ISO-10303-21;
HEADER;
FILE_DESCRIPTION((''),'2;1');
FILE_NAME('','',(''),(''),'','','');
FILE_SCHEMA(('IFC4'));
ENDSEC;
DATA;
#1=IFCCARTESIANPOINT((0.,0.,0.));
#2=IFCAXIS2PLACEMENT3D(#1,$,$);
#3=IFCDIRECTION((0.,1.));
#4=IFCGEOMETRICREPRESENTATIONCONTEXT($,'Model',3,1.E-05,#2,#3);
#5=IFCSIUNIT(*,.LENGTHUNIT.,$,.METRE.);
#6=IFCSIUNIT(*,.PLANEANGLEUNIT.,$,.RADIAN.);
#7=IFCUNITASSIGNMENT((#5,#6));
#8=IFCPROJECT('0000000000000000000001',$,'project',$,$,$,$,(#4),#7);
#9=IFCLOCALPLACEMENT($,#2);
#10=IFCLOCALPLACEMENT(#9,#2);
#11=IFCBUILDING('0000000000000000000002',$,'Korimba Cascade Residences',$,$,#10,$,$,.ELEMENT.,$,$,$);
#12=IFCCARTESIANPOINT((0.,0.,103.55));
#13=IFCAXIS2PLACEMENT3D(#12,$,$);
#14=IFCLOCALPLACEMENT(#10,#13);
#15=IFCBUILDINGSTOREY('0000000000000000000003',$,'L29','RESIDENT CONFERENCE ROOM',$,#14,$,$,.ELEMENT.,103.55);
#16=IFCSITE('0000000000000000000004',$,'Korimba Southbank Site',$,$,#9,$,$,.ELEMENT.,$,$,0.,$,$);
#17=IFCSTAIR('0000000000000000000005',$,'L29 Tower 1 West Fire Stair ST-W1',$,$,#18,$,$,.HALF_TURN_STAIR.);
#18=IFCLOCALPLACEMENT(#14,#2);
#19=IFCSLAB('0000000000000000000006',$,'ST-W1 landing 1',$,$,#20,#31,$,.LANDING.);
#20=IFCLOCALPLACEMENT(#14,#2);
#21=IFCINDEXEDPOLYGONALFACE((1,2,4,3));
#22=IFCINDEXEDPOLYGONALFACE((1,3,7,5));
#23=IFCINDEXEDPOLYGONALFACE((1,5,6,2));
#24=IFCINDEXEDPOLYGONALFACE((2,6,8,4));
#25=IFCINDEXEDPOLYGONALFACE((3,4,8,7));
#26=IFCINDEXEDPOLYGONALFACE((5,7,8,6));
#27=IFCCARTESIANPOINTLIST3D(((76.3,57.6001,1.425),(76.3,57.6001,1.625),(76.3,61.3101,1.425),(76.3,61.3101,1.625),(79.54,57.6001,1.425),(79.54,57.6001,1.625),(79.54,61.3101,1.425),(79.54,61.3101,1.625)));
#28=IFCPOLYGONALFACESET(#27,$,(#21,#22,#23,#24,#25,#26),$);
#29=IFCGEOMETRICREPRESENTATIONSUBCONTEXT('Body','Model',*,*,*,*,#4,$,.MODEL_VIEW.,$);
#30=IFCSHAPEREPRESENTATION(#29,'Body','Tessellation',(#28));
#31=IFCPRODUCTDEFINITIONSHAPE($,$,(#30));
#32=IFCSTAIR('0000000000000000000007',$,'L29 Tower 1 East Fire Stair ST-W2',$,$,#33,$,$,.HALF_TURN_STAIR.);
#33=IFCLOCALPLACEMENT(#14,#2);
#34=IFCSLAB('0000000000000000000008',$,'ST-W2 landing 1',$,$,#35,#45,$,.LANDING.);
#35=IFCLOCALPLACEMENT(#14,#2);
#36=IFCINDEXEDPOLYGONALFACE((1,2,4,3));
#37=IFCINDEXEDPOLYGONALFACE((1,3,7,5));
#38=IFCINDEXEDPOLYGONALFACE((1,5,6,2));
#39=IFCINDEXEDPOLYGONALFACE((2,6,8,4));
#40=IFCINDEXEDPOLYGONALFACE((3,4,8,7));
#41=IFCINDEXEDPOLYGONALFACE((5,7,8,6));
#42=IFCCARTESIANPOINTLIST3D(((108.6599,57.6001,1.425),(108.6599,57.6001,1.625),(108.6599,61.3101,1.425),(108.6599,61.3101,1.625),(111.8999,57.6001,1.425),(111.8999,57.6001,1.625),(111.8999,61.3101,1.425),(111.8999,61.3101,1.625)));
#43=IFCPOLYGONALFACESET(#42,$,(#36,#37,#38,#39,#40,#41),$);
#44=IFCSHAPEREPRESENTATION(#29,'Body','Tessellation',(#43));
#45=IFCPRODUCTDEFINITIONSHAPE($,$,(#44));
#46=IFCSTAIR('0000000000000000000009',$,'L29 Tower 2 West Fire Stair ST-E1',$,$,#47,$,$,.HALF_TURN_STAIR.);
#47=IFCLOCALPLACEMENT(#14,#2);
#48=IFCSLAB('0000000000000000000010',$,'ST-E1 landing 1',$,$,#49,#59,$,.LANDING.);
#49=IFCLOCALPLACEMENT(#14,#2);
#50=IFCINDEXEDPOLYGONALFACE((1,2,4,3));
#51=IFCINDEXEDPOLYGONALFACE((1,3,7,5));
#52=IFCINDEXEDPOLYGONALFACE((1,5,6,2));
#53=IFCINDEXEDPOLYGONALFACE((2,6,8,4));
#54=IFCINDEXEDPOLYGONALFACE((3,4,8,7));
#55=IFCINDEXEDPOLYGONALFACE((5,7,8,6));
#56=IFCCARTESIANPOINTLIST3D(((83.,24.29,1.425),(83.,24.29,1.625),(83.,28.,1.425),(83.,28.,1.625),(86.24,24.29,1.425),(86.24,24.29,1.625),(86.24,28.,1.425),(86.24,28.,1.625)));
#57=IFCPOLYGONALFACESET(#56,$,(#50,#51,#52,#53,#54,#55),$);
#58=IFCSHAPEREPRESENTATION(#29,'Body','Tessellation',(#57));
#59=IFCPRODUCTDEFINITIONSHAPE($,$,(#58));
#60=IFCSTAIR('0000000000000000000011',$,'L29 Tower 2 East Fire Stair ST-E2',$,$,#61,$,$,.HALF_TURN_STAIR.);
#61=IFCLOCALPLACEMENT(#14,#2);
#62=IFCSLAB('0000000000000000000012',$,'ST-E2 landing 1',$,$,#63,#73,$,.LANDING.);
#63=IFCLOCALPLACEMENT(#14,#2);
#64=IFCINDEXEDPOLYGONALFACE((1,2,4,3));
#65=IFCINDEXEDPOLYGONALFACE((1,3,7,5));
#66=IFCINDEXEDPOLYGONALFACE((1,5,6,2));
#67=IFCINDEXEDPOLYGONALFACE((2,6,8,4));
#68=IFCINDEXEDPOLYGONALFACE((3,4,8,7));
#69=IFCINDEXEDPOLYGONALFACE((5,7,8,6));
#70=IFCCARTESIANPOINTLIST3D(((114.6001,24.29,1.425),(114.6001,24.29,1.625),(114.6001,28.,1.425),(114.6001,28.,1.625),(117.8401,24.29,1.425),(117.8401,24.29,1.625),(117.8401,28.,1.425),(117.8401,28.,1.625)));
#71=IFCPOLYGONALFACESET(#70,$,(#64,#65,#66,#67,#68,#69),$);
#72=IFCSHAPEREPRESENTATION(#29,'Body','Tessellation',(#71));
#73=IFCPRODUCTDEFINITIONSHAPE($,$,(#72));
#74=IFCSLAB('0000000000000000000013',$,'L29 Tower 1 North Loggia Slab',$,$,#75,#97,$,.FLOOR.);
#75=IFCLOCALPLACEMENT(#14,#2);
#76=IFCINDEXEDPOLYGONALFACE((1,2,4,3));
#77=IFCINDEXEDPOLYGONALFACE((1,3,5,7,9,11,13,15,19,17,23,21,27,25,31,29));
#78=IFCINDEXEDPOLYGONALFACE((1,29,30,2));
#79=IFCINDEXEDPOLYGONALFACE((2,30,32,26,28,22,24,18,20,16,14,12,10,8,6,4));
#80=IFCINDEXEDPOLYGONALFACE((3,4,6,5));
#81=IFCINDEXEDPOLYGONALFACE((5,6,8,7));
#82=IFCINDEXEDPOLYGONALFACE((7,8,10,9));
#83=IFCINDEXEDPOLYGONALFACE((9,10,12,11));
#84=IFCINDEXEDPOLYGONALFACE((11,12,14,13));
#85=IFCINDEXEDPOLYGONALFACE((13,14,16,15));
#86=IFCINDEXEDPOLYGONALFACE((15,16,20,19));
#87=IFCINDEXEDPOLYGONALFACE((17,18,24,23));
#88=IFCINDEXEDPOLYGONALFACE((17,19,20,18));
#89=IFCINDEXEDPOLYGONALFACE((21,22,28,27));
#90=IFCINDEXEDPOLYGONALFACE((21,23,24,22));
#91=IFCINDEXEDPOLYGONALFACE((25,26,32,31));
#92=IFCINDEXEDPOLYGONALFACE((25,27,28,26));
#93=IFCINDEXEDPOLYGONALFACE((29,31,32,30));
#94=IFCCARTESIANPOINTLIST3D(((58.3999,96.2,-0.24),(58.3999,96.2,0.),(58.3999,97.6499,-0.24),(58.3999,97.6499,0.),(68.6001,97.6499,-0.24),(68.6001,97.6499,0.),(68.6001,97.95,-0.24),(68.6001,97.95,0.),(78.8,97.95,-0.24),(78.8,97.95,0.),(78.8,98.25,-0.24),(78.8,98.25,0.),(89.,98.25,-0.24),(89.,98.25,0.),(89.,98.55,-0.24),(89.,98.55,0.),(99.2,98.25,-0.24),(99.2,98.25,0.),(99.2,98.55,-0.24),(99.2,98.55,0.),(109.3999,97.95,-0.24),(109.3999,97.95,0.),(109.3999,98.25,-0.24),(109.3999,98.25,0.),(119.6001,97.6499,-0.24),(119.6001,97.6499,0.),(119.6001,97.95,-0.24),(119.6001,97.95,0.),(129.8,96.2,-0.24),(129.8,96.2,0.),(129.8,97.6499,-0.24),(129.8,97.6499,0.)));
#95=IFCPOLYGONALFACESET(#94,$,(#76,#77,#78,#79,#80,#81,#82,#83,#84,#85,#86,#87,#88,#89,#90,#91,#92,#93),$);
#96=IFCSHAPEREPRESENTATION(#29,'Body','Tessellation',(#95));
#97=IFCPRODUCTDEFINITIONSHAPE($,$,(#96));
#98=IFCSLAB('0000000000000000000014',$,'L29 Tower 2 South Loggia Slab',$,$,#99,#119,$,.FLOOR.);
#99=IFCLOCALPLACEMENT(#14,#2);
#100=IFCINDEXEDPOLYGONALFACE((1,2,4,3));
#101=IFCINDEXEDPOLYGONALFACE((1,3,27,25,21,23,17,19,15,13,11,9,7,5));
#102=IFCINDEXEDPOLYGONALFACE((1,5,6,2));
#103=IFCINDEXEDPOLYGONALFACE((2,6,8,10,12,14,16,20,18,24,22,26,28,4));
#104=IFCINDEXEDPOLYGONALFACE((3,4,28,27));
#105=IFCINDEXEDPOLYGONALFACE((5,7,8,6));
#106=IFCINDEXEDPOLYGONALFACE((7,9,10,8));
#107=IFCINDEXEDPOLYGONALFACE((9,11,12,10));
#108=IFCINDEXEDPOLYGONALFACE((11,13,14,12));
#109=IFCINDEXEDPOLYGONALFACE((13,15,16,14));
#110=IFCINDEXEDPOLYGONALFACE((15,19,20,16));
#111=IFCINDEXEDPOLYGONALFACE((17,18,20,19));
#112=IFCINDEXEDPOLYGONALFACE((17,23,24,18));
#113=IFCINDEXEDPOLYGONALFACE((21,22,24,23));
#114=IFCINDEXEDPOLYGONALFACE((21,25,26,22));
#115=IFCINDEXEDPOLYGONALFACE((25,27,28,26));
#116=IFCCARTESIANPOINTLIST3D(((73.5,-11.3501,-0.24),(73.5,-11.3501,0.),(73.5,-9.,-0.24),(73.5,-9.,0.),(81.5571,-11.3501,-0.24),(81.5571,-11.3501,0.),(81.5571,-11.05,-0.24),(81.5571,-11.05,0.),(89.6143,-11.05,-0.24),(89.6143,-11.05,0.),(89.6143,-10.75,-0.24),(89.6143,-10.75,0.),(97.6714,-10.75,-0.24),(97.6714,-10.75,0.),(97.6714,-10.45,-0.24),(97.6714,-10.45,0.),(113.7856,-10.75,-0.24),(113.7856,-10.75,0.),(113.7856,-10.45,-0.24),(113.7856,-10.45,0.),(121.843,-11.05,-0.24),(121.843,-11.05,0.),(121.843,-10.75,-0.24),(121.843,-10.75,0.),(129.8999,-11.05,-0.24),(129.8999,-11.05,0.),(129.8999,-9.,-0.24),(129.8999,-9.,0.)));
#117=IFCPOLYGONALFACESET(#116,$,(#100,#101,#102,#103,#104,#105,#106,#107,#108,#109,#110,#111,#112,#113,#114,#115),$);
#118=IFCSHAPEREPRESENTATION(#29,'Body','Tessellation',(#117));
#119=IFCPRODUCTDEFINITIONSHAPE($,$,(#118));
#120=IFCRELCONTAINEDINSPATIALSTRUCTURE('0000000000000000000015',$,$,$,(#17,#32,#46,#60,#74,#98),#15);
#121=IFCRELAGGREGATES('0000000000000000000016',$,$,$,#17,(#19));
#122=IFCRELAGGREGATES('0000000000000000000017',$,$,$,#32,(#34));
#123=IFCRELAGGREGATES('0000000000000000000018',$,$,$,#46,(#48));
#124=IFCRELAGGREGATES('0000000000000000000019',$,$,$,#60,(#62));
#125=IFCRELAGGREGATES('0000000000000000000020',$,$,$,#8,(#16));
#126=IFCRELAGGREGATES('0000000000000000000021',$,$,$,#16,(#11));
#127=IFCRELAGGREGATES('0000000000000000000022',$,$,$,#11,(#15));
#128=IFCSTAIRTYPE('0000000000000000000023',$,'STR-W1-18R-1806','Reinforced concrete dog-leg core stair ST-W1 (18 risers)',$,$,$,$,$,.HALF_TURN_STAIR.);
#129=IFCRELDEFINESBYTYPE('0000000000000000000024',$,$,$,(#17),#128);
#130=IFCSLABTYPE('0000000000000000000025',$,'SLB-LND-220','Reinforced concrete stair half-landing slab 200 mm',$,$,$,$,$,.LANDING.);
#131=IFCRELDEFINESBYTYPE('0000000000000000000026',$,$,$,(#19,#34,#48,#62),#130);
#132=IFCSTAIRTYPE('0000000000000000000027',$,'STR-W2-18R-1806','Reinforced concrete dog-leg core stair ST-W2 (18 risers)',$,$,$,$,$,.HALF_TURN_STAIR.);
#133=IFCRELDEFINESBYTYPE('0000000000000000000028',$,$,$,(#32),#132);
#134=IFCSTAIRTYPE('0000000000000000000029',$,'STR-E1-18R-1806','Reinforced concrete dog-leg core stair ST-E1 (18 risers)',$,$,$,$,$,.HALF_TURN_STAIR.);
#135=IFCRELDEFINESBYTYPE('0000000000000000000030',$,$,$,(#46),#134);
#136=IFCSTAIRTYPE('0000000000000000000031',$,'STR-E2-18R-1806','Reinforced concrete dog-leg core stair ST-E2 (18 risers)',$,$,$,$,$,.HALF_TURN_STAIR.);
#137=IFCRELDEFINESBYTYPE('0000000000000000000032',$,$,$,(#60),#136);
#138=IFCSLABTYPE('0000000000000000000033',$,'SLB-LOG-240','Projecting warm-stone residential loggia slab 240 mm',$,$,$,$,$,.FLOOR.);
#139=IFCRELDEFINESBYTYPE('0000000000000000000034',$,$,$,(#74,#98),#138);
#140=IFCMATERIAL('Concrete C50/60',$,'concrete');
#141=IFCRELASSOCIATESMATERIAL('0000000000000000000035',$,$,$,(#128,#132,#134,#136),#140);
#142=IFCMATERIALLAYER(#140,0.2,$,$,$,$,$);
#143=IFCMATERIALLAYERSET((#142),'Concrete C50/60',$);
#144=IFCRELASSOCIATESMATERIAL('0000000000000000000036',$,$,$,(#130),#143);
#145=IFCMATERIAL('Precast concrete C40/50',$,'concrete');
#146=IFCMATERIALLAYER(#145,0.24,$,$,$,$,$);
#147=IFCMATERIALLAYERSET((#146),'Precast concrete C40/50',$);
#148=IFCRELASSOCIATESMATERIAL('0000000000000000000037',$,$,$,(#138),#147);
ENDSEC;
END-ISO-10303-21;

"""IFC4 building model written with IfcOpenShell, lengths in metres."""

from ifc_helpers import new_model, si_unit, direction, frame, origin, place, context, subcontext, project, spatial, polyline, outline, extrude, material, layer, layer_set, type_object, element, aggregate, save


model = new_model("IFC4")

# Units and contexts
model_context = context("Model", 3, precision=1e-05, world=origin(), true_north=direction((0.0, 1.0)))
body_context = subcontext(model_context, "Body", "Model", "MODEL_VIEW")
ifc_project = project(units=[si_unit("LENGTHUNIT", "METRE"), si_unit("PLANEANGLEUNIT", "RADIAN")], contexts=[model_context])

# Site, building, storey
site_placement = place(None, origin())
site = spatial("IfcSite", under=ifc_project, at=site_placement, Name="Korimba Southbank Site", CompositionType="ELEMENT", RefElevation=0.0)
building_placement = place(site_placement, origin())
building = spatial("IfcBuilding", under=site, at=building_placement, Name="Korimba Cascade Residences", CompositionType="ELEMENT")
storey_placement = place(building_placement, frame((0.0, 0.0, 103.55)))
storey = spatial("IfcBuildingStorey", under=building, at=storey_placement, Name="L29", Description="RESIDENT CONFERENCE ROOM", CompositionType="ELEMENT", Elevation=103.55)

# Stairs, slabs
ifc_material_1 = material(Name="Concrete C50/60", Category="concrete")
stair_type_1 = type_object("IfcStairType", Name="STR-W1-18R-1806", Description="Reinforced concrete dog-leg core stair ST-W1 (18 risers)", PredefinedType="HALF_TURN_STAIR", material=ifc_material_1)
stair_1_placement = place(storey_placement, origin())
stair_1 = element("IfcStair", 1, at=stair_1_placement, inside=storey, type_object=stair_type_1, Name="L29 Tower 1 West Fire Stair ST-W1", PredefinedType="HALF_TURN_STAIR")
ifc_layer_1 = layer(ifc_material_1, 0.2)
ifc_layer_set_1 = layer_set([ifc_layer_1], Name="Concrete C50/60")
slab_type_1 = type_object("IfcSlabType", Name="SLB-LND-220", Description="Reinforced concrete stair half-landing slab 200 mm", PredefinedType="LANDING", material=ifc_layer_set_1)
slab_1_placement = place(storey_placement, frame((0.0, 0.0, 1.425)))
slab_1 = element("IfcSlab", 2, at=slab_1_placement, type_object=slab_type_1, Name="ST-W1 landing 1", PredefinedType="LANDING", context=body_context, shape_type="SweptSolid", body=[
    extrude(outline(polyline([(76.3, 61.3101), (76.3, 57.6001), (79.54, 57.6001), (79.54, 61.3101), (76.3, 61.3101)])), origin(), (0.0, 0.0, 1.0), 0.2),
])
aggregate(stair_1, [slab_1])
stair_type_2 = type_object("IfcStairType", Name="STR-W2-18R-1806", Description="Reinforced concrete dog-leg core stair ST-W2 (18 risers)", PredefinedType="HALF_TURN_STAIR", material=ifc_material_1)
stair_2_placement = place(storey_placement, origin())
stair_2 = element("IfcStair", 3, at=stair_2_placement, inside=storey, type_object=stair_type_2, Name="L29 Tower 1 East Fire Stair ST-W2", PredefinedType="HALF_TURN_STAIR")
slab_2_placement = place(storey_placement, frame((0.0, 0.0, 1.425)))
slab_2 = element("IfcSlab", 4, at=slab_2_placement, type_object=slab_type_1, Name="ST-W2 landing 1", PredefinedType="LANDING", context=body_context, shape_type="SweptSolid", body=[
    extrude(outline(polyline([(108.6599, 61.3101), (108.6599, 57.6001), (111.8999, 57.6001), (111.8999, 61.3101), (108.6599, 61.3101)])), origin(), (0.0, 0.0, 1.0), 0.2),
])
aggregate(stair_2, [slab_2])
stair_type_3 = type_object("IfcStairType", Name="STR-E1-18R-1806", Description="Reinforced concrete dog-leg core stair ST-E1 (18 risers)", PredefinedType="HALF_TURN_STAIR", material=ifc_material_1)
stair_3_placement = place(storey_placement, origin())
stair_3 = element("IfcStair", 5, at=stair_3_placement, inside=storey, type_object=stair_type_3, Name="L29 Tower 2 West Fire Stair ST-E1", PredefinedType="HALF_TURN_STAIR")
slab_3_placement = place(storey_placement, frame((0.0, 0.0, 1.425)))
slab_3 = element("IfcSlab", 6, at=slab_3_placement, type_object=slab_type_1, Name="ST-E1 landing 1", PredefinedType="LANDING", context=body_context, shape_type="SweptSolid", body=[
    extrude(outline(polyline([(86.24, 24.29), (86.24, 28.0), (83.0, 28.0), (83.0, 24.29), (86.24, 24.29)])), origin(), (0.0, 0.0, 1.0), 0.2),
])
aggregate(stair_3, [slab_3])
stair_type_4 = type_object("IfcStairType", Name="STR-E2-18R-1806", Description="Reinforced concrete dog-leg core stair ST-E2 (18 risers)", PredefinedType="HALF_TURN_STAIR", material=ifc_material_1)
stair_4_placement = place(storey_placement, origin())
stair_4 = element("IfcStair", 7, at=stair_4_placement, inside=storey, type_object=stair_type_4, Name="L29 Tower 2 East Fire Stair ST-E2", PredefinedType="HALF_TURN_STAIR")
slab_4_placement = place(storey_placement, frame((0.0, 0.0, 1.425)))
slab_4 = element("IfcSlab", 8, at=slab_4_placement, type_object=slab_type_1, Name="ST-E2 landing 1", PredefinedType="LANDING", context=body_context, shape_type="SweptSolid", body=[
    extrude(outline(polyline([(117.8401, 24.29), (117.8401, 28.0), (114.6001, 28.0), (114.6001, 24.29), (117.8401, 24.29)])), origin(), (0.0, 0.0, 1.0), 0.2),
])
aggregate(stair_4, [slab_4])

# Slabs
ifc_material_2 = material(Name="Precast concrete C40/50", Category="concrete")
ifc_layer_2 = layer(ifc_material_2, 0.24)
ifc_layer_set_2 = layer_set([ifc_layer_2], Name="Precast concrete C40/50")
slab_type_2 = type_object("IfcSlabType", Name="SLB-LOG-240", Description="Projecting warm-stone residential loggia slab 240 mm", PredefinedType="FLOOR", material=ifc_layer_set_2)
slab_5_placement = place(storey_placement, frame((0.0, 0.0, -0.24)))
element("IfcSlab", 9, at=slab_5_placement, inside=storey, type_object=slab_type_2, Name="L29 Tower 1 North Loggia Slab", PredefinedType="FLOOR", context=body_context, shape_type="SweptSolid", body=[
    extrude(outline(polyline([(58.3999, 96.2), (129.8, 96.2), (129.8, 97.6499), (119.6001, 97.6499), (119.6001, 97.95), (109.3999, 97.95), (109.3999, 98.25), (99.2, 98.25), (99.2, 98.55), (89.0, 98.55), (89.0, 98.25), (78.8, 98.25), (78.8, 97.95), (68.6001, 97.95), (68.6001, 97.6499), (58.3999, 97.6499), (58.3999, 96.2)])), origin(), (0.0, 0.0, 1.0), 0.24),
])
slab_6_placement = place(storey_placement, frame((0.0, 0.0, -0.24)))
element("IfcSlab", 10, at=slab_6_placement, inside=storey, type_object=slab_type_2, Name="L29 Tower 2 South Loggia Slab", PredefinedType="FLOOR", context=body_context, shape_type="SweptSolid", body=[
    extrude(outline(polyline([(73.5, -11.3501), (81.5571, -11.3501), (81.5571, -11.05), (89.6143, -11.05), (89.6143, -10.75), (97.6714, -10.75), (97.6714, -10.45), (113.7856, -10.45), (113.7856, -10.75), (121.843, -10.75), (121.843, -11.05), (129.8999, -11.05), (129.8999, -9.0), (73.5, -9.0), (73.5, -11.3501)])), origin(), (0.0, 0.0, 1.0), 0.24),
])

save(model, "model.ifc")
